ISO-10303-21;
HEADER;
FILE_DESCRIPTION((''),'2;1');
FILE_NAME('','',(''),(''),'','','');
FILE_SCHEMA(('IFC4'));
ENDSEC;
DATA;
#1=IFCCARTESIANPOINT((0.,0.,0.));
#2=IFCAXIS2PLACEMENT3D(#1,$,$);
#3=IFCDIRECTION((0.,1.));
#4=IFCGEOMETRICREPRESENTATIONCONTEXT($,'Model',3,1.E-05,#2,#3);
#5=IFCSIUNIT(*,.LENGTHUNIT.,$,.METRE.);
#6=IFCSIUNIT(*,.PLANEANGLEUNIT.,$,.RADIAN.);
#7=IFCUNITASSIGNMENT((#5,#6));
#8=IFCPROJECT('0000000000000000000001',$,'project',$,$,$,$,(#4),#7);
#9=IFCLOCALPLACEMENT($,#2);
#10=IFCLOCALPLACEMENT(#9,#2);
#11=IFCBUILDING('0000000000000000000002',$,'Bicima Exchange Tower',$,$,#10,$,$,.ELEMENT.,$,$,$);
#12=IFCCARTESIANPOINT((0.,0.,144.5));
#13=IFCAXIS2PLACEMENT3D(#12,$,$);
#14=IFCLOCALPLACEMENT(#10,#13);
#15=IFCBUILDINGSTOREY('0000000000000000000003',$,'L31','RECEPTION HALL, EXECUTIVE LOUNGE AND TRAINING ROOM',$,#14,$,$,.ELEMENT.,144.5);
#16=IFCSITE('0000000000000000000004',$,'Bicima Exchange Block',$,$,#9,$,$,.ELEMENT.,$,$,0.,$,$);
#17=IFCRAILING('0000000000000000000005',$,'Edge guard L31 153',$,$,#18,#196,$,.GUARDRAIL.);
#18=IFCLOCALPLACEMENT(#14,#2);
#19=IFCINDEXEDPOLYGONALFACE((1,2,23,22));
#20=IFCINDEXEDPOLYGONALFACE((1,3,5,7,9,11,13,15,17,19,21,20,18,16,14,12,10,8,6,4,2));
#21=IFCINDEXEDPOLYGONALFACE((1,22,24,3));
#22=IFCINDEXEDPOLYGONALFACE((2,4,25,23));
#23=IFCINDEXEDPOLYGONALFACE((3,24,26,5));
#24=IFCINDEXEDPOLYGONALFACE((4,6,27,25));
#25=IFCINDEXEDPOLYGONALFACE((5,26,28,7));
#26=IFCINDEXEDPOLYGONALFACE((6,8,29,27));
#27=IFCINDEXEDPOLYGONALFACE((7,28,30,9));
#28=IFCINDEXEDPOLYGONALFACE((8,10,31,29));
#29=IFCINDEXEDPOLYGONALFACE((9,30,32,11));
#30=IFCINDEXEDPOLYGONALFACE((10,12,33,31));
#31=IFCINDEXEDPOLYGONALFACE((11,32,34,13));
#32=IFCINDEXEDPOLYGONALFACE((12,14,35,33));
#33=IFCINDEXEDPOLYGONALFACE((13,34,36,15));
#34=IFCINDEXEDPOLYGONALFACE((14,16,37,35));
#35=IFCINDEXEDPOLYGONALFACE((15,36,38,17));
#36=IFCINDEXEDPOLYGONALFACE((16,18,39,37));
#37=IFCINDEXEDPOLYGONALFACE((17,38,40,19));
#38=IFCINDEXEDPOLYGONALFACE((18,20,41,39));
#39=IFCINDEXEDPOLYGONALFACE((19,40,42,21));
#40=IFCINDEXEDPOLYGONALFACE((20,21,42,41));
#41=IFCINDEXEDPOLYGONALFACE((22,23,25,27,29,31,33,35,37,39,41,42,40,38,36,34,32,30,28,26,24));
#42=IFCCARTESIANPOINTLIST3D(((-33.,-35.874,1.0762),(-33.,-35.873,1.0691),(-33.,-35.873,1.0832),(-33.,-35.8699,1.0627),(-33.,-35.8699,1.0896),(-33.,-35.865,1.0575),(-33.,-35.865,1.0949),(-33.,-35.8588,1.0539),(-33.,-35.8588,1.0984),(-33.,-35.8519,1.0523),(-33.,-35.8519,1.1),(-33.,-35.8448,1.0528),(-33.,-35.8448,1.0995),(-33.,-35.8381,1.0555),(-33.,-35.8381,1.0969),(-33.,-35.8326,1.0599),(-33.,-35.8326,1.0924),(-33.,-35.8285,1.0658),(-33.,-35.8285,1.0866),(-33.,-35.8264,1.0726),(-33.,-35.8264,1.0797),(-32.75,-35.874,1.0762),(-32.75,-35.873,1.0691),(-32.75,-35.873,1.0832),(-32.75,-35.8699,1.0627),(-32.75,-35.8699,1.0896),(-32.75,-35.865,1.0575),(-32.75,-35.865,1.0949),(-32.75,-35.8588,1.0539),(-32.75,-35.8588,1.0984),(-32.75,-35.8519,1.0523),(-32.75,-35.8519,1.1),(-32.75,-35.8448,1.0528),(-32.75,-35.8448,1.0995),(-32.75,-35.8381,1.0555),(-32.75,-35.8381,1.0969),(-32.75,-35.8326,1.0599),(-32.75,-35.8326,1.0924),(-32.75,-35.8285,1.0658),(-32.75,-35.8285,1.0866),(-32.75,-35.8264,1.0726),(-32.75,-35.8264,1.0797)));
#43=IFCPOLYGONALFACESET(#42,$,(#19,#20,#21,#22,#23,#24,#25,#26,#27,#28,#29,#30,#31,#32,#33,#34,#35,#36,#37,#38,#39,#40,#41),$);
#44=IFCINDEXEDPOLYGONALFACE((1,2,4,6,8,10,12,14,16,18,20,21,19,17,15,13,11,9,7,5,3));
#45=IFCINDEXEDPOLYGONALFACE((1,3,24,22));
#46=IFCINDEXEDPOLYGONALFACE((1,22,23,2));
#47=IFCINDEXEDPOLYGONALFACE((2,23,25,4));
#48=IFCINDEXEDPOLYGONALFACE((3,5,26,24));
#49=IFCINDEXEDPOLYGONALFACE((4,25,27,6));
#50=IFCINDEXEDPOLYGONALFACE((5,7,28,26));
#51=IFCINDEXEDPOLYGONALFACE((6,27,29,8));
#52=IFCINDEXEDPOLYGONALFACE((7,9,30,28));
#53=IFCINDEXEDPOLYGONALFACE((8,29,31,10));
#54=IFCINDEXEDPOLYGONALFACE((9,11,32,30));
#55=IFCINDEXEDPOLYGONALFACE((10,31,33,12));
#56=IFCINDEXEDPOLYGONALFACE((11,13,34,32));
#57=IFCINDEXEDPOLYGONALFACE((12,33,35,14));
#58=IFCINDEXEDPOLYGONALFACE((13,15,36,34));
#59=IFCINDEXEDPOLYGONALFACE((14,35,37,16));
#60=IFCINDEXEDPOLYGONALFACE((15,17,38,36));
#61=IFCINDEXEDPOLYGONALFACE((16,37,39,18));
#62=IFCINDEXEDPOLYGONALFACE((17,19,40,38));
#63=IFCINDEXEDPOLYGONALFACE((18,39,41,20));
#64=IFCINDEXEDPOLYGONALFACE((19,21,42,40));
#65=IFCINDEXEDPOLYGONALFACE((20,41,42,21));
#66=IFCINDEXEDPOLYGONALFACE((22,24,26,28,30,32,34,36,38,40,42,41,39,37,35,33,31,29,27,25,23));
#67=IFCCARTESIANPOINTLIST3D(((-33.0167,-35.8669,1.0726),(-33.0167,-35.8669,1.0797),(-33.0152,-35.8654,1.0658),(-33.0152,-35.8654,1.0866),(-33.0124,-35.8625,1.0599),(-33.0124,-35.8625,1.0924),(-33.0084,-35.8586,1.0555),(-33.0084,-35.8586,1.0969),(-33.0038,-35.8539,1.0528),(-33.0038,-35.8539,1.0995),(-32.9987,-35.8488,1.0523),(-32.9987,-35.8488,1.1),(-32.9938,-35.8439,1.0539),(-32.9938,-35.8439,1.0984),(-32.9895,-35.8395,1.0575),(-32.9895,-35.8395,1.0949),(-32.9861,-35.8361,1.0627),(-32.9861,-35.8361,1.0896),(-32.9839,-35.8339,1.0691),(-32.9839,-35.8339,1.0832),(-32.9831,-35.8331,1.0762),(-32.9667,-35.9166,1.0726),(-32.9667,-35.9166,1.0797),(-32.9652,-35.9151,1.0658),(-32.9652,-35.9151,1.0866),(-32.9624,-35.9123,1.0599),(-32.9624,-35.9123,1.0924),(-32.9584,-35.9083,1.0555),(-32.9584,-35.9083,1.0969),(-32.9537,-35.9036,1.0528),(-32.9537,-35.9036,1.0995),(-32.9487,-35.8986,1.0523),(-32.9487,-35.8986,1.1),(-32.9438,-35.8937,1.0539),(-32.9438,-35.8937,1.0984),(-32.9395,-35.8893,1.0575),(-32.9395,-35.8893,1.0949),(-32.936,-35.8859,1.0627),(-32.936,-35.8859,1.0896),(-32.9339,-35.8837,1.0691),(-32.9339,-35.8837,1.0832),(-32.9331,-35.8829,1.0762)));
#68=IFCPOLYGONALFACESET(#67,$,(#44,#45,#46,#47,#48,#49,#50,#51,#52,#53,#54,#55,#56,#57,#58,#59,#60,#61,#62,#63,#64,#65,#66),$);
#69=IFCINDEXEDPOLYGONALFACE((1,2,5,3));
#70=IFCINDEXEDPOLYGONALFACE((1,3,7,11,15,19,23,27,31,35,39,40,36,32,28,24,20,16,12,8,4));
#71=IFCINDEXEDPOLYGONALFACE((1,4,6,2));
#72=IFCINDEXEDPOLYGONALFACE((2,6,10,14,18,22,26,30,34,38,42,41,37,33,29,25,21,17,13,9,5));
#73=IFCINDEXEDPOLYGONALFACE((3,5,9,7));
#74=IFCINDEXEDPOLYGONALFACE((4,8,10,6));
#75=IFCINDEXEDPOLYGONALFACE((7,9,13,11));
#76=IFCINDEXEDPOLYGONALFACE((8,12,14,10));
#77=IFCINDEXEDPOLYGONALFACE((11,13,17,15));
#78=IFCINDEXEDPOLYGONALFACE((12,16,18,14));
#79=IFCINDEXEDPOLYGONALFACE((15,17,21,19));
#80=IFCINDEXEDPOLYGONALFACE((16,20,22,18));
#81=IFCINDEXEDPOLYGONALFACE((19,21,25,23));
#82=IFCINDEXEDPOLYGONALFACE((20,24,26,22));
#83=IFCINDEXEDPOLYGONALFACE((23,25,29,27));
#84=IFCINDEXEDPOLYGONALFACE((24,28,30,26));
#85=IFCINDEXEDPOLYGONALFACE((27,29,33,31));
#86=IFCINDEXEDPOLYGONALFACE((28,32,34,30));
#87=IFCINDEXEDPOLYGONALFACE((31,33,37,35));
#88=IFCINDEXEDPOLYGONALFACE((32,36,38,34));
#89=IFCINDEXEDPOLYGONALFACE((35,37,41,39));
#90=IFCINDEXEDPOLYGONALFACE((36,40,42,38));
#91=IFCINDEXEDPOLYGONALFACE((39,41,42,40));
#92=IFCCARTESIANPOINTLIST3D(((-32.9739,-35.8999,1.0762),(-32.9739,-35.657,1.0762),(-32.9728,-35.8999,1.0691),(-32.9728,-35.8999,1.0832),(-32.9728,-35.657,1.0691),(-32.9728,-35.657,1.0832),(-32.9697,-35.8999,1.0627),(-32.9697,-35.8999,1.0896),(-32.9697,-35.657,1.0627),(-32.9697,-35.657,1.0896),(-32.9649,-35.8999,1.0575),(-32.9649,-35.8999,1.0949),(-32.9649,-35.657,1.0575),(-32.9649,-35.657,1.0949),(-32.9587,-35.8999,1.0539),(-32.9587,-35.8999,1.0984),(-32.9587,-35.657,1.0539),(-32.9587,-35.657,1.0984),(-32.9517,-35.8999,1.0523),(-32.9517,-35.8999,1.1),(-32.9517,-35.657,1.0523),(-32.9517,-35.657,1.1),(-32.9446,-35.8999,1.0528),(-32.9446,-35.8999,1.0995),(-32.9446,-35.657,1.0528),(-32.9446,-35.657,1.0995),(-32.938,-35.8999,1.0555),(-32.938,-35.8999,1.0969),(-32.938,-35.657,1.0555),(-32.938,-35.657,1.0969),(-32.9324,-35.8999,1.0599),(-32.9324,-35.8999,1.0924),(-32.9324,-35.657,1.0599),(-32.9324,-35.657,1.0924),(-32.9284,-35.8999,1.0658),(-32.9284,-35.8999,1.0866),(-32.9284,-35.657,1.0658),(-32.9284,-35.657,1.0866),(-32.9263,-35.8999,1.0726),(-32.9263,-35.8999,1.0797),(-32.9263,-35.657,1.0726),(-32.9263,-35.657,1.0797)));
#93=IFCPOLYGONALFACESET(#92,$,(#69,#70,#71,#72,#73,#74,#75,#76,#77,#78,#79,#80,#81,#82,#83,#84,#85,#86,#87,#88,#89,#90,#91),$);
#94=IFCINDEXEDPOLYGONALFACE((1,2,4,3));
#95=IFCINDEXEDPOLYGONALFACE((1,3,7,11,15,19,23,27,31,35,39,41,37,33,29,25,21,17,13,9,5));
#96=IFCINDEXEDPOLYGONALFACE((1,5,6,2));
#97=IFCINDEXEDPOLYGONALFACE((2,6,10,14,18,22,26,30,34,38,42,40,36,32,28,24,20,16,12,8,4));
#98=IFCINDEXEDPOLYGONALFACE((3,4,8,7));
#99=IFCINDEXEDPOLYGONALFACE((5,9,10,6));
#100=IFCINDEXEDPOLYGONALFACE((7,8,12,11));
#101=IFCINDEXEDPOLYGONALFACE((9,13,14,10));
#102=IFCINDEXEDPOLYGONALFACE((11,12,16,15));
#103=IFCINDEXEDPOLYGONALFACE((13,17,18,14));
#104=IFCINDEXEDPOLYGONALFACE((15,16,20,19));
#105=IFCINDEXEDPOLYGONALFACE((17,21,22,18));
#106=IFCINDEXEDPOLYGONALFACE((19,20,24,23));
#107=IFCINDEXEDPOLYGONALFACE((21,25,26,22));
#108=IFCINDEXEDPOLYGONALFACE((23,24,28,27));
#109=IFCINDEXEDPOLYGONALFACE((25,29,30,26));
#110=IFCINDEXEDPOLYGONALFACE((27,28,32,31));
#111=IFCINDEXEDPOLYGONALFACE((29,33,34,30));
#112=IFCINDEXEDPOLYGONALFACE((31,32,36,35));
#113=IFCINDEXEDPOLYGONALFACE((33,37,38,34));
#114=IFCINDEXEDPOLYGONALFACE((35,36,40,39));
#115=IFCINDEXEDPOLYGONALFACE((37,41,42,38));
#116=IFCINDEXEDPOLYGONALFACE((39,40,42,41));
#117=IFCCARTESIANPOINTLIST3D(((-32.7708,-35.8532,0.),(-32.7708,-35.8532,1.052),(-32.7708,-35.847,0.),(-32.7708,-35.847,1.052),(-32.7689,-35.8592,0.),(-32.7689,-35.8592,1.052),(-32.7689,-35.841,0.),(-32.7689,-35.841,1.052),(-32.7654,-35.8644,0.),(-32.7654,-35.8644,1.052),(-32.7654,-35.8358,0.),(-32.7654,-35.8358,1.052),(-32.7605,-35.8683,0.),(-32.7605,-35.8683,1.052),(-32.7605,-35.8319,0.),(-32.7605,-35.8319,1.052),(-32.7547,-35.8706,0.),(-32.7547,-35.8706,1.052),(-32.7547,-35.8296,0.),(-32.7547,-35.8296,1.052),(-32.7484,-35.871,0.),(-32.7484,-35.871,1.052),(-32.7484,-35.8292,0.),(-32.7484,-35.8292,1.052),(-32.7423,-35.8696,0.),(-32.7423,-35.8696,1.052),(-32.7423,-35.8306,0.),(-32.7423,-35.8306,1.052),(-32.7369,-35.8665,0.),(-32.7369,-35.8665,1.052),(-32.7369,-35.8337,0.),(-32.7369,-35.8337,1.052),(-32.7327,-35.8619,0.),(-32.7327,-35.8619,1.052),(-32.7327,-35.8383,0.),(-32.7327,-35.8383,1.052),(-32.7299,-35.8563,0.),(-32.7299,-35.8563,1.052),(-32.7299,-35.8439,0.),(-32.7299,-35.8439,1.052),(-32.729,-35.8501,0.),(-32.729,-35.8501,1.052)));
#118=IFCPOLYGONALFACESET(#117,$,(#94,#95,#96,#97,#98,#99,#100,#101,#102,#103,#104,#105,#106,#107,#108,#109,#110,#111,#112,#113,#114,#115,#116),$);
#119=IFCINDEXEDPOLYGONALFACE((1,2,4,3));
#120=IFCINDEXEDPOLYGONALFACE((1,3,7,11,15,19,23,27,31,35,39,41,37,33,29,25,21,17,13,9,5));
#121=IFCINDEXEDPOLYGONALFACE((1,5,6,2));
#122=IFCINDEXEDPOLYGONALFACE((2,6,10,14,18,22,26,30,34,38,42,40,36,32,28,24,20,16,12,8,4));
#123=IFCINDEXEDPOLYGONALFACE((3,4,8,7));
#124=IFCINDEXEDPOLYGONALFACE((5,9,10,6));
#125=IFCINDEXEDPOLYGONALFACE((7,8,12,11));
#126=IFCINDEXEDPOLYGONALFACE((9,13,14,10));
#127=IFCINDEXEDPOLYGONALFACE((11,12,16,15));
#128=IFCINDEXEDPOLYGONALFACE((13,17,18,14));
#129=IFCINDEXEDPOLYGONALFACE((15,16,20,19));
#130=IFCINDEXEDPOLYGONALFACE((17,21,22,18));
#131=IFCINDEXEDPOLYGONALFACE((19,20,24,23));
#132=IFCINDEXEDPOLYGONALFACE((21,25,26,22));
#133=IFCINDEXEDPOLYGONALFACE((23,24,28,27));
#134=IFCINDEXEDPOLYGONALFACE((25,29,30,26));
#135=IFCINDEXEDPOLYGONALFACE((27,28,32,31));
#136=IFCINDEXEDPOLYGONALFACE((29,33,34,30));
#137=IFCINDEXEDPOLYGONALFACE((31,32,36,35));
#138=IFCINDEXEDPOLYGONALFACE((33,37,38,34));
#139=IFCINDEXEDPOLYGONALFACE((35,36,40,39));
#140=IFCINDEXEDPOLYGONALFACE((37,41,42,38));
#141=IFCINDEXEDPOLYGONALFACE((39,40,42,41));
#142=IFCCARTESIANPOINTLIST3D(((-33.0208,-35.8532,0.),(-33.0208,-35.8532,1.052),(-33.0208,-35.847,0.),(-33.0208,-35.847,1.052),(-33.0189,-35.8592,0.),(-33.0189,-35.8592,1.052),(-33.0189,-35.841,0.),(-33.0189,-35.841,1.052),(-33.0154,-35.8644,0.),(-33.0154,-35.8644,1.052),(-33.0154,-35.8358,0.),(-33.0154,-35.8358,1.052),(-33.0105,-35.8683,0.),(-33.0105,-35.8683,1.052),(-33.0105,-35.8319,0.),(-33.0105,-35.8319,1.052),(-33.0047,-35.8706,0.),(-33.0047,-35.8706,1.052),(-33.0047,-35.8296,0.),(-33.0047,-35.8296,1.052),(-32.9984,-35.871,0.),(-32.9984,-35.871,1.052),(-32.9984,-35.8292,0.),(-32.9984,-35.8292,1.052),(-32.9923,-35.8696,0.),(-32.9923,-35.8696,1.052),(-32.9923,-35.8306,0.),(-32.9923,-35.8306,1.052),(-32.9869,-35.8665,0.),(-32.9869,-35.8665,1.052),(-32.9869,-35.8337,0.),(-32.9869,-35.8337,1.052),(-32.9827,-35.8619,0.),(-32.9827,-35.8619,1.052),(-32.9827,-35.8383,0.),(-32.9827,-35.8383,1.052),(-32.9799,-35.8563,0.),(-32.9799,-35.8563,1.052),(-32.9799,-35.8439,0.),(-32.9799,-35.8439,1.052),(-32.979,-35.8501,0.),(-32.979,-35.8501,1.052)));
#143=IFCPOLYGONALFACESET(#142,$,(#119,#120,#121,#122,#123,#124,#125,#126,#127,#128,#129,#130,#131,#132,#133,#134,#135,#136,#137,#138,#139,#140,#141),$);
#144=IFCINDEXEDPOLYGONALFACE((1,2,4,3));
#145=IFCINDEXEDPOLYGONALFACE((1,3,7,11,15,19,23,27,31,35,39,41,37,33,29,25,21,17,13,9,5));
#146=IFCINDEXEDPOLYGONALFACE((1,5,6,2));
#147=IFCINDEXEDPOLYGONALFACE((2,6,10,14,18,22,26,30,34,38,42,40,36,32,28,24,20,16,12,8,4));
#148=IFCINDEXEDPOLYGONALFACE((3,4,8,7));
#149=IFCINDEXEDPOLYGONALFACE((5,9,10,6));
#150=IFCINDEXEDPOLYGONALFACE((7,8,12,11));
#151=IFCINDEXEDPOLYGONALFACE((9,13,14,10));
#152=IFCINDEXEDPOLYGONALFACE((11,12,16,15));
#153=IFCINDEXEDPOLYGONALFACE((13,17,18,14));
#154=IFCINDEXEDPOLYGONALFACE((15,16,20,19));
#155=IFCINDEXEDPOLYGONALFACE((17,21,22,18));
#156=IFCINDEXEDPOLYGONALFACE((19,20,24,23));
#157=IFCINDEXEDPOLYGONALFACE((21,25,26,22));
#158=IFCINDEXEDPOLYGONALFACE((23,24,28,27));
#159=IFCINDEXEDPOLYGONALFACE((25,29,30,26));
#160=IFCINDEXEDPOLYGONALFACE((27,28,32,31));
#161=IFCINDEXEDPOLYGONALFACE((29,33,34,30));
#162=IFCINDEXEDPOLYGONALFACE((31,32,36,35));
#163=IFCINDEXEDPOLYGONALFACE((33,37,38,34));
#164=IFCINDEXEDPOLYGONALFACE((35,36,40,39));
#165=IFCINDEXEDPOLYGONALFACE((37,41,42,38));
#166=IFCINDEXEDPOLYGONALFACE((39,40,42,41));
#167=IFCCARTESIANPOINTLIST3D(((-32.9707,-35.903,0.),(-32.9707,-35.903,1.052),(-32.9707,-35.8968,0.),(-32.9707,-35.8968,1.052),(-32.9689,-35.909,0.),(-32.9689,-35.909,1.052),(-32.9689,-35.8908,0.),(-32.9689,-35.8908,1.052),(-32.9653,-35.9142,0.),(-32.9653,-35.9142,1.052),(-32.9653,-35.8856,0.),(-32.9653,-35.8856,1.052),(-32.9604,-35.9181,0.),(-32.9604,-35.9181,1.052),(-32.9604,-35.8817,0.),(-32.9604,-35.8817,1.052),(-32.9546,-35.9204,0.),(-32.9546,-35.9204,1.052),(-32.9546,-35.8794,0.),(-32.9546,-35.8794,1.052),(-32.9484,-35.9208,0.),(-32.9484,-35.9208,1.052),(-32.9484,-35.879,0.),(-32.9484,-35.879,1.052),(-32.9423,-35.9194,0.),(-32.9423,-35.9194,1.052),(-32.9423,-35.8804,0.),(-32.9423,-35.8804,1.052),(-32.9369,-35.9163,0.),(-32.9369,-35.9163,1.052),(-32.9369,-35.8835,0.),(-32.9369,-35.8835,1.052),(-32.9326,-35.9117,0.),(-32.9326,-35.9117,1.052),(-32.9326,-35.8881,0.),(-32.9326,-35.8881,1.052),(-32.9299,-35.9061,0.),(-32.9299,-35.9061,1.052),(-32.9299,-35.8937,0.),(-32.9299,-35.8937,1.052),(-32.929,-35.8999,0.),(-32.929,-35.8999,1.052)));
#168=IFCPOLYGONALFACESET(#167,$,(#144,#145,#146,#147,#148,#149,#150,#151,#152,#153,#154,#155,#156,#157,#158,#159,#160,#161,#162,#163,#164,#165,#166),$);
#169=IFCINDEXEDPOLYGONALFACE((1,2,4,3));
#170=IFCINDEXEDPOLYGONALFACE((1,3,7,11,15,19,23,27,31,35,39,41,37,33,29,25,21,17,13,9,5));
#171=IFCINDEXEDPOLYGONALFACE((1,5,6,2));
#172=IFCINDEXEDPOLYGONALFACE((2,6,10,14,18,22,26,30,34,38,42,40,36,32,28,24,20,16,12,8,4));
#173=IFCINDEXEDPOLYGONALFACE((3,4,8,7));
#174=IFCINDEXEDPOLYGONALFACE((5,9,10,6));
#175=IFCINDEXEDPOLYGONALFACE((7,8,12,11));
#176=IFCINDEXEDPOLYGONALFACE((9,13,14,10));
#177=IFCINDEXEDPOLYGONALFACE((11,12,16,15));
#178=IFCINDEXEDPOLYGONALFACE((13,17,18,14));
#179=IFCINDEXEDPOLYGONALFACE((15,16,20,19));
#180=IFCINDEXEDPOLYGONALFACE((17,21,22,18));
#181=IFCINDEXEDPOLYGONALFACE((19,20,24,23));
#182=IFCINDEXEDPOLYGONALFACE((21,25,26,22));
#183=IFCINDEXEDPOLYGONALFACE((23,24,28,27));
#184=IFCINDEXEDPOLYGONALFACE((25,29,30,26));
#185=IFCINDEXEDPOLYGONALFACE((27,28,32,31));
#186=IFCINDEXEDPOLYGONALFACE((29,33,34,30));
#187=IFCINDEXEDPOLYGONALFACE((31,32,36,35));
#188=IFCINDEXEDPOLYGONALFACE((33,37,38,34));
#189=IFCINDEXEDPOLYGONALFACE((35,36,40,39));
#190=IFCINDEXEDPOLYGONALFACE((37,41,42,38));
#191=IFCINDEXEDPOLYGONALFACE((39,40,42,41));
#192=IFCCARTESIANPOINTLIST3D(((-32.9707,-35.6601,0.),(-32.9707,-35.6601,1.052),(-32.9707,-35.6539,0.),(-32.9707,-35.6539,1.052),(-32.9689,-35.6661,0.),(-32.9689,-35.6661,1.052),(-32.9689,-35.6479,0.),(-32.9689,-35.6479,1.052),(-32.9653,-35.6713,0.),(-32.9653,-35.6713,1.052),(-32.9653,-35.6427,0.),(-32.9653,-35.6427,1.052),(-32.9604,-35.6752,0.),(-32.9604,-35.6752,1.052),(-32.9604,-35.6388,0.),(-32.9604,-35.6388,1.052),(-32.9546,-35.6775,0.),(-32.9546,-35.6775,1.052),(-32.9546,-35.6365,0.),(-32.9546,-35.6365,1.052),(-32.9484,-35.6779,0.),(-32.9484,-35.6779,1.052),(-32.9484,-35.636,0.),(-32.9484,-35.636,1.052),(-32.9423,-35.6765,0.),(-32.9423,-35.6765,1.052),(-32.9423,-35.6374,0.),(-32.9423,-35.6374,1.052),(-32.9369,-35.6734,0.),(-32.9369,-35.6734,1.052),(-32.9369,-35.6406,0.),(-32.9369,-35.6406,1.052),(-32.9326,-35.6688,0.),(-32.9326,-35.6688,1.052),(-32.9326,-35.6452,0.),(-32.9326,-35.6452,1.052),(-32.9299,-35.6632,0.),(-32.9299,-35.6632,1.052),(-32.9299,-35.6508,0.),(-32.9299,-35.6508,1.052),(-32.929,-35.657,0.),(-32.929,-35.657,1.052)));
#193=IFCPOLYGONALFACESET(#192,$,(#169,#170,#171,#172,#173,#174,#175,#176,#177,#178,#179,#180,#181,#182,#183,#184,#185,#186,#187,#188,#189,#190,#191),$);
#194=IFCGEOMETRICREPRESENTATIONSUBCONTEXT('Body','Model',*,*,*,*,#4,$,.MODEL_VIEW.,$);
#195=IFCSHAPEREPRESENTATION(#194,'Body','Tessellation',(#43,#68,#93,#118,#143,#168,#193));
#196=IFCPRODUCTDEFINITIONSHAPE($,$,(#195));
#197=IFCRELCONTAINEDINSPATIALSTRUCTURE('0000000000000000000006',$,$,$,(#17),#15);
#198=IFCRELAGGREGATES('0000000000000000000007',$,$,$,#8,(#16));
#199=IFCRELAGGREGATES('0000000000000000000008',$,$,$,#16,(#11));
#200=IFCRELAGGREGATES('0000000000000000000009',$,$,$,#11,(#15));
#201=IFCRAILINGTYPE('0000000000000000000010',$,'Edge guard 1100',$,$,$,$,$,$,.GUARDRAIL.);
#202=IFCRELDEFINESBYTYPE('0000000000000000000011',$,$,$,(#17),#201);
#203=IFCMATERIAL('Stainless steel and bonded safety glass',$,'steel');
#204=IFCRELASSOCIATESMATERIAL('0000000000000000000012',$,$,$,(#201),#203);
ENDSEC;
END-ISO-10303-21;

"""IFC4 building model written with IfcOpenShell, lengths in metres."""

from ifc_helpers import new_model, si_unit, direction, frame, origin, origin_2d, place, context, subcontext, project, spatial, circle, extrude, material, type_object, element, save


model = new_model("IFC4")

# Units and contexts
model_context = context("Model", 3, precision=1e-05, world=origin(), true_north=direction((0.0, 1.0)))
body_context = subcontext(model_context, "Body", "Model", "MODEL_VIEW")
ifc_project = project(units=[si_unit("LENGTHUNIT", "METRE"), si_unit("PLANEANGLEUNIT", "RADIAN")], contexts=[model_context])

# Site, building, storey
site_placement = place(None, origin())
site = spatial("IfcSite", under=ifc_project, at=site_placement, Name="Bicima Exchange Block", CompositionType="ELEMENT", RefElevation=0.0)
building_placement = place(site_placement, origin())
building = spatial("IfcBuilding", under=site, at=building_placement, Name="Bicima Exchange Tower", CompositionType="ELEMENT")
storey_placement = place(building_placement, frame((0.0, 0.0, 144.5)))
storey = spatial("IfcBuildingStorey", under=building, at=storey_placement, Name="L31", Description="RECEPTION HALL, EXECUTIVE LOUNGE AND TRAINING ROOM", CompositionType="ELEMENT", Elevation=144.5)

# Railing
ifc_material_1 = material(Name="Stainless steel and bonded safety glass", Category="steel")
railing_type = type_object("IfcRailingType", Name="Edge guard 1100", PredefinedType="GUARDRAIL", material=ifc_material_1)
railing_1_placement = place(storey_placement, frame((-32.75, -35.8501, 0.0)))
element("IfcRailing", 1, at=railing_1_placement, inside=storey, type_object=railing_type, Name="Edge guard L31 153", PredefinedType="GUARDRAIL", context=body_context, shape_type="SweptSolid", body=[
    extrude(circle(Radius=0.0239, at=origin_2d()), frame((0.0, 0.0, 1.0762), z_axis=(-1.0, 0.0, 0.0), x_axis=(0.0, -1.0, 0.0)), (0.0, 0.0, 1.0), 0.25),
    extrude(circle(Radius=0.0239, at=origin_2d()), frame((-0.25, 0.0, 1.0762), z_axis=(0.708834, -0.705376, 0.0), x_axis=(0.705376, 0.708834, 0.0)), (0.0, 0.0, 1.0), 0.0706),
    extrude(circle(Radius=0.0239, at=origin_2d()), frame((-0.2, -0.0498, 1.0762), z_axis=(0.0, 1.0, 0.0), x_axis=(-1.0, 0.0, 0.0)), (0.0, 0.0, 1.0), 0.2429),
    extrude(circle(Radius=0.021, at=origin_2d()), origin(), (0.0, 0.0, 1.0), 1.052),
    extrude(circle(Radius=0.021, at=origin_2d()), frame((-0.25, 0.0, 0.0)), (0.0, 0.0, 1.0), 1.052),
    extrude(circle(Radius=0.021, at=origin_2d()), frame((-0.2, -0.0498, 0.0)), (0.0, 0.0, 1.0), 1.052),
    extrude(circle(Radius=0.021, at=origin_2d()), frame((-0.2, 0.1931, 0.0)), (0.0, 0.0, 1.0), 1.052),
])

save(model, "model.ifc")
